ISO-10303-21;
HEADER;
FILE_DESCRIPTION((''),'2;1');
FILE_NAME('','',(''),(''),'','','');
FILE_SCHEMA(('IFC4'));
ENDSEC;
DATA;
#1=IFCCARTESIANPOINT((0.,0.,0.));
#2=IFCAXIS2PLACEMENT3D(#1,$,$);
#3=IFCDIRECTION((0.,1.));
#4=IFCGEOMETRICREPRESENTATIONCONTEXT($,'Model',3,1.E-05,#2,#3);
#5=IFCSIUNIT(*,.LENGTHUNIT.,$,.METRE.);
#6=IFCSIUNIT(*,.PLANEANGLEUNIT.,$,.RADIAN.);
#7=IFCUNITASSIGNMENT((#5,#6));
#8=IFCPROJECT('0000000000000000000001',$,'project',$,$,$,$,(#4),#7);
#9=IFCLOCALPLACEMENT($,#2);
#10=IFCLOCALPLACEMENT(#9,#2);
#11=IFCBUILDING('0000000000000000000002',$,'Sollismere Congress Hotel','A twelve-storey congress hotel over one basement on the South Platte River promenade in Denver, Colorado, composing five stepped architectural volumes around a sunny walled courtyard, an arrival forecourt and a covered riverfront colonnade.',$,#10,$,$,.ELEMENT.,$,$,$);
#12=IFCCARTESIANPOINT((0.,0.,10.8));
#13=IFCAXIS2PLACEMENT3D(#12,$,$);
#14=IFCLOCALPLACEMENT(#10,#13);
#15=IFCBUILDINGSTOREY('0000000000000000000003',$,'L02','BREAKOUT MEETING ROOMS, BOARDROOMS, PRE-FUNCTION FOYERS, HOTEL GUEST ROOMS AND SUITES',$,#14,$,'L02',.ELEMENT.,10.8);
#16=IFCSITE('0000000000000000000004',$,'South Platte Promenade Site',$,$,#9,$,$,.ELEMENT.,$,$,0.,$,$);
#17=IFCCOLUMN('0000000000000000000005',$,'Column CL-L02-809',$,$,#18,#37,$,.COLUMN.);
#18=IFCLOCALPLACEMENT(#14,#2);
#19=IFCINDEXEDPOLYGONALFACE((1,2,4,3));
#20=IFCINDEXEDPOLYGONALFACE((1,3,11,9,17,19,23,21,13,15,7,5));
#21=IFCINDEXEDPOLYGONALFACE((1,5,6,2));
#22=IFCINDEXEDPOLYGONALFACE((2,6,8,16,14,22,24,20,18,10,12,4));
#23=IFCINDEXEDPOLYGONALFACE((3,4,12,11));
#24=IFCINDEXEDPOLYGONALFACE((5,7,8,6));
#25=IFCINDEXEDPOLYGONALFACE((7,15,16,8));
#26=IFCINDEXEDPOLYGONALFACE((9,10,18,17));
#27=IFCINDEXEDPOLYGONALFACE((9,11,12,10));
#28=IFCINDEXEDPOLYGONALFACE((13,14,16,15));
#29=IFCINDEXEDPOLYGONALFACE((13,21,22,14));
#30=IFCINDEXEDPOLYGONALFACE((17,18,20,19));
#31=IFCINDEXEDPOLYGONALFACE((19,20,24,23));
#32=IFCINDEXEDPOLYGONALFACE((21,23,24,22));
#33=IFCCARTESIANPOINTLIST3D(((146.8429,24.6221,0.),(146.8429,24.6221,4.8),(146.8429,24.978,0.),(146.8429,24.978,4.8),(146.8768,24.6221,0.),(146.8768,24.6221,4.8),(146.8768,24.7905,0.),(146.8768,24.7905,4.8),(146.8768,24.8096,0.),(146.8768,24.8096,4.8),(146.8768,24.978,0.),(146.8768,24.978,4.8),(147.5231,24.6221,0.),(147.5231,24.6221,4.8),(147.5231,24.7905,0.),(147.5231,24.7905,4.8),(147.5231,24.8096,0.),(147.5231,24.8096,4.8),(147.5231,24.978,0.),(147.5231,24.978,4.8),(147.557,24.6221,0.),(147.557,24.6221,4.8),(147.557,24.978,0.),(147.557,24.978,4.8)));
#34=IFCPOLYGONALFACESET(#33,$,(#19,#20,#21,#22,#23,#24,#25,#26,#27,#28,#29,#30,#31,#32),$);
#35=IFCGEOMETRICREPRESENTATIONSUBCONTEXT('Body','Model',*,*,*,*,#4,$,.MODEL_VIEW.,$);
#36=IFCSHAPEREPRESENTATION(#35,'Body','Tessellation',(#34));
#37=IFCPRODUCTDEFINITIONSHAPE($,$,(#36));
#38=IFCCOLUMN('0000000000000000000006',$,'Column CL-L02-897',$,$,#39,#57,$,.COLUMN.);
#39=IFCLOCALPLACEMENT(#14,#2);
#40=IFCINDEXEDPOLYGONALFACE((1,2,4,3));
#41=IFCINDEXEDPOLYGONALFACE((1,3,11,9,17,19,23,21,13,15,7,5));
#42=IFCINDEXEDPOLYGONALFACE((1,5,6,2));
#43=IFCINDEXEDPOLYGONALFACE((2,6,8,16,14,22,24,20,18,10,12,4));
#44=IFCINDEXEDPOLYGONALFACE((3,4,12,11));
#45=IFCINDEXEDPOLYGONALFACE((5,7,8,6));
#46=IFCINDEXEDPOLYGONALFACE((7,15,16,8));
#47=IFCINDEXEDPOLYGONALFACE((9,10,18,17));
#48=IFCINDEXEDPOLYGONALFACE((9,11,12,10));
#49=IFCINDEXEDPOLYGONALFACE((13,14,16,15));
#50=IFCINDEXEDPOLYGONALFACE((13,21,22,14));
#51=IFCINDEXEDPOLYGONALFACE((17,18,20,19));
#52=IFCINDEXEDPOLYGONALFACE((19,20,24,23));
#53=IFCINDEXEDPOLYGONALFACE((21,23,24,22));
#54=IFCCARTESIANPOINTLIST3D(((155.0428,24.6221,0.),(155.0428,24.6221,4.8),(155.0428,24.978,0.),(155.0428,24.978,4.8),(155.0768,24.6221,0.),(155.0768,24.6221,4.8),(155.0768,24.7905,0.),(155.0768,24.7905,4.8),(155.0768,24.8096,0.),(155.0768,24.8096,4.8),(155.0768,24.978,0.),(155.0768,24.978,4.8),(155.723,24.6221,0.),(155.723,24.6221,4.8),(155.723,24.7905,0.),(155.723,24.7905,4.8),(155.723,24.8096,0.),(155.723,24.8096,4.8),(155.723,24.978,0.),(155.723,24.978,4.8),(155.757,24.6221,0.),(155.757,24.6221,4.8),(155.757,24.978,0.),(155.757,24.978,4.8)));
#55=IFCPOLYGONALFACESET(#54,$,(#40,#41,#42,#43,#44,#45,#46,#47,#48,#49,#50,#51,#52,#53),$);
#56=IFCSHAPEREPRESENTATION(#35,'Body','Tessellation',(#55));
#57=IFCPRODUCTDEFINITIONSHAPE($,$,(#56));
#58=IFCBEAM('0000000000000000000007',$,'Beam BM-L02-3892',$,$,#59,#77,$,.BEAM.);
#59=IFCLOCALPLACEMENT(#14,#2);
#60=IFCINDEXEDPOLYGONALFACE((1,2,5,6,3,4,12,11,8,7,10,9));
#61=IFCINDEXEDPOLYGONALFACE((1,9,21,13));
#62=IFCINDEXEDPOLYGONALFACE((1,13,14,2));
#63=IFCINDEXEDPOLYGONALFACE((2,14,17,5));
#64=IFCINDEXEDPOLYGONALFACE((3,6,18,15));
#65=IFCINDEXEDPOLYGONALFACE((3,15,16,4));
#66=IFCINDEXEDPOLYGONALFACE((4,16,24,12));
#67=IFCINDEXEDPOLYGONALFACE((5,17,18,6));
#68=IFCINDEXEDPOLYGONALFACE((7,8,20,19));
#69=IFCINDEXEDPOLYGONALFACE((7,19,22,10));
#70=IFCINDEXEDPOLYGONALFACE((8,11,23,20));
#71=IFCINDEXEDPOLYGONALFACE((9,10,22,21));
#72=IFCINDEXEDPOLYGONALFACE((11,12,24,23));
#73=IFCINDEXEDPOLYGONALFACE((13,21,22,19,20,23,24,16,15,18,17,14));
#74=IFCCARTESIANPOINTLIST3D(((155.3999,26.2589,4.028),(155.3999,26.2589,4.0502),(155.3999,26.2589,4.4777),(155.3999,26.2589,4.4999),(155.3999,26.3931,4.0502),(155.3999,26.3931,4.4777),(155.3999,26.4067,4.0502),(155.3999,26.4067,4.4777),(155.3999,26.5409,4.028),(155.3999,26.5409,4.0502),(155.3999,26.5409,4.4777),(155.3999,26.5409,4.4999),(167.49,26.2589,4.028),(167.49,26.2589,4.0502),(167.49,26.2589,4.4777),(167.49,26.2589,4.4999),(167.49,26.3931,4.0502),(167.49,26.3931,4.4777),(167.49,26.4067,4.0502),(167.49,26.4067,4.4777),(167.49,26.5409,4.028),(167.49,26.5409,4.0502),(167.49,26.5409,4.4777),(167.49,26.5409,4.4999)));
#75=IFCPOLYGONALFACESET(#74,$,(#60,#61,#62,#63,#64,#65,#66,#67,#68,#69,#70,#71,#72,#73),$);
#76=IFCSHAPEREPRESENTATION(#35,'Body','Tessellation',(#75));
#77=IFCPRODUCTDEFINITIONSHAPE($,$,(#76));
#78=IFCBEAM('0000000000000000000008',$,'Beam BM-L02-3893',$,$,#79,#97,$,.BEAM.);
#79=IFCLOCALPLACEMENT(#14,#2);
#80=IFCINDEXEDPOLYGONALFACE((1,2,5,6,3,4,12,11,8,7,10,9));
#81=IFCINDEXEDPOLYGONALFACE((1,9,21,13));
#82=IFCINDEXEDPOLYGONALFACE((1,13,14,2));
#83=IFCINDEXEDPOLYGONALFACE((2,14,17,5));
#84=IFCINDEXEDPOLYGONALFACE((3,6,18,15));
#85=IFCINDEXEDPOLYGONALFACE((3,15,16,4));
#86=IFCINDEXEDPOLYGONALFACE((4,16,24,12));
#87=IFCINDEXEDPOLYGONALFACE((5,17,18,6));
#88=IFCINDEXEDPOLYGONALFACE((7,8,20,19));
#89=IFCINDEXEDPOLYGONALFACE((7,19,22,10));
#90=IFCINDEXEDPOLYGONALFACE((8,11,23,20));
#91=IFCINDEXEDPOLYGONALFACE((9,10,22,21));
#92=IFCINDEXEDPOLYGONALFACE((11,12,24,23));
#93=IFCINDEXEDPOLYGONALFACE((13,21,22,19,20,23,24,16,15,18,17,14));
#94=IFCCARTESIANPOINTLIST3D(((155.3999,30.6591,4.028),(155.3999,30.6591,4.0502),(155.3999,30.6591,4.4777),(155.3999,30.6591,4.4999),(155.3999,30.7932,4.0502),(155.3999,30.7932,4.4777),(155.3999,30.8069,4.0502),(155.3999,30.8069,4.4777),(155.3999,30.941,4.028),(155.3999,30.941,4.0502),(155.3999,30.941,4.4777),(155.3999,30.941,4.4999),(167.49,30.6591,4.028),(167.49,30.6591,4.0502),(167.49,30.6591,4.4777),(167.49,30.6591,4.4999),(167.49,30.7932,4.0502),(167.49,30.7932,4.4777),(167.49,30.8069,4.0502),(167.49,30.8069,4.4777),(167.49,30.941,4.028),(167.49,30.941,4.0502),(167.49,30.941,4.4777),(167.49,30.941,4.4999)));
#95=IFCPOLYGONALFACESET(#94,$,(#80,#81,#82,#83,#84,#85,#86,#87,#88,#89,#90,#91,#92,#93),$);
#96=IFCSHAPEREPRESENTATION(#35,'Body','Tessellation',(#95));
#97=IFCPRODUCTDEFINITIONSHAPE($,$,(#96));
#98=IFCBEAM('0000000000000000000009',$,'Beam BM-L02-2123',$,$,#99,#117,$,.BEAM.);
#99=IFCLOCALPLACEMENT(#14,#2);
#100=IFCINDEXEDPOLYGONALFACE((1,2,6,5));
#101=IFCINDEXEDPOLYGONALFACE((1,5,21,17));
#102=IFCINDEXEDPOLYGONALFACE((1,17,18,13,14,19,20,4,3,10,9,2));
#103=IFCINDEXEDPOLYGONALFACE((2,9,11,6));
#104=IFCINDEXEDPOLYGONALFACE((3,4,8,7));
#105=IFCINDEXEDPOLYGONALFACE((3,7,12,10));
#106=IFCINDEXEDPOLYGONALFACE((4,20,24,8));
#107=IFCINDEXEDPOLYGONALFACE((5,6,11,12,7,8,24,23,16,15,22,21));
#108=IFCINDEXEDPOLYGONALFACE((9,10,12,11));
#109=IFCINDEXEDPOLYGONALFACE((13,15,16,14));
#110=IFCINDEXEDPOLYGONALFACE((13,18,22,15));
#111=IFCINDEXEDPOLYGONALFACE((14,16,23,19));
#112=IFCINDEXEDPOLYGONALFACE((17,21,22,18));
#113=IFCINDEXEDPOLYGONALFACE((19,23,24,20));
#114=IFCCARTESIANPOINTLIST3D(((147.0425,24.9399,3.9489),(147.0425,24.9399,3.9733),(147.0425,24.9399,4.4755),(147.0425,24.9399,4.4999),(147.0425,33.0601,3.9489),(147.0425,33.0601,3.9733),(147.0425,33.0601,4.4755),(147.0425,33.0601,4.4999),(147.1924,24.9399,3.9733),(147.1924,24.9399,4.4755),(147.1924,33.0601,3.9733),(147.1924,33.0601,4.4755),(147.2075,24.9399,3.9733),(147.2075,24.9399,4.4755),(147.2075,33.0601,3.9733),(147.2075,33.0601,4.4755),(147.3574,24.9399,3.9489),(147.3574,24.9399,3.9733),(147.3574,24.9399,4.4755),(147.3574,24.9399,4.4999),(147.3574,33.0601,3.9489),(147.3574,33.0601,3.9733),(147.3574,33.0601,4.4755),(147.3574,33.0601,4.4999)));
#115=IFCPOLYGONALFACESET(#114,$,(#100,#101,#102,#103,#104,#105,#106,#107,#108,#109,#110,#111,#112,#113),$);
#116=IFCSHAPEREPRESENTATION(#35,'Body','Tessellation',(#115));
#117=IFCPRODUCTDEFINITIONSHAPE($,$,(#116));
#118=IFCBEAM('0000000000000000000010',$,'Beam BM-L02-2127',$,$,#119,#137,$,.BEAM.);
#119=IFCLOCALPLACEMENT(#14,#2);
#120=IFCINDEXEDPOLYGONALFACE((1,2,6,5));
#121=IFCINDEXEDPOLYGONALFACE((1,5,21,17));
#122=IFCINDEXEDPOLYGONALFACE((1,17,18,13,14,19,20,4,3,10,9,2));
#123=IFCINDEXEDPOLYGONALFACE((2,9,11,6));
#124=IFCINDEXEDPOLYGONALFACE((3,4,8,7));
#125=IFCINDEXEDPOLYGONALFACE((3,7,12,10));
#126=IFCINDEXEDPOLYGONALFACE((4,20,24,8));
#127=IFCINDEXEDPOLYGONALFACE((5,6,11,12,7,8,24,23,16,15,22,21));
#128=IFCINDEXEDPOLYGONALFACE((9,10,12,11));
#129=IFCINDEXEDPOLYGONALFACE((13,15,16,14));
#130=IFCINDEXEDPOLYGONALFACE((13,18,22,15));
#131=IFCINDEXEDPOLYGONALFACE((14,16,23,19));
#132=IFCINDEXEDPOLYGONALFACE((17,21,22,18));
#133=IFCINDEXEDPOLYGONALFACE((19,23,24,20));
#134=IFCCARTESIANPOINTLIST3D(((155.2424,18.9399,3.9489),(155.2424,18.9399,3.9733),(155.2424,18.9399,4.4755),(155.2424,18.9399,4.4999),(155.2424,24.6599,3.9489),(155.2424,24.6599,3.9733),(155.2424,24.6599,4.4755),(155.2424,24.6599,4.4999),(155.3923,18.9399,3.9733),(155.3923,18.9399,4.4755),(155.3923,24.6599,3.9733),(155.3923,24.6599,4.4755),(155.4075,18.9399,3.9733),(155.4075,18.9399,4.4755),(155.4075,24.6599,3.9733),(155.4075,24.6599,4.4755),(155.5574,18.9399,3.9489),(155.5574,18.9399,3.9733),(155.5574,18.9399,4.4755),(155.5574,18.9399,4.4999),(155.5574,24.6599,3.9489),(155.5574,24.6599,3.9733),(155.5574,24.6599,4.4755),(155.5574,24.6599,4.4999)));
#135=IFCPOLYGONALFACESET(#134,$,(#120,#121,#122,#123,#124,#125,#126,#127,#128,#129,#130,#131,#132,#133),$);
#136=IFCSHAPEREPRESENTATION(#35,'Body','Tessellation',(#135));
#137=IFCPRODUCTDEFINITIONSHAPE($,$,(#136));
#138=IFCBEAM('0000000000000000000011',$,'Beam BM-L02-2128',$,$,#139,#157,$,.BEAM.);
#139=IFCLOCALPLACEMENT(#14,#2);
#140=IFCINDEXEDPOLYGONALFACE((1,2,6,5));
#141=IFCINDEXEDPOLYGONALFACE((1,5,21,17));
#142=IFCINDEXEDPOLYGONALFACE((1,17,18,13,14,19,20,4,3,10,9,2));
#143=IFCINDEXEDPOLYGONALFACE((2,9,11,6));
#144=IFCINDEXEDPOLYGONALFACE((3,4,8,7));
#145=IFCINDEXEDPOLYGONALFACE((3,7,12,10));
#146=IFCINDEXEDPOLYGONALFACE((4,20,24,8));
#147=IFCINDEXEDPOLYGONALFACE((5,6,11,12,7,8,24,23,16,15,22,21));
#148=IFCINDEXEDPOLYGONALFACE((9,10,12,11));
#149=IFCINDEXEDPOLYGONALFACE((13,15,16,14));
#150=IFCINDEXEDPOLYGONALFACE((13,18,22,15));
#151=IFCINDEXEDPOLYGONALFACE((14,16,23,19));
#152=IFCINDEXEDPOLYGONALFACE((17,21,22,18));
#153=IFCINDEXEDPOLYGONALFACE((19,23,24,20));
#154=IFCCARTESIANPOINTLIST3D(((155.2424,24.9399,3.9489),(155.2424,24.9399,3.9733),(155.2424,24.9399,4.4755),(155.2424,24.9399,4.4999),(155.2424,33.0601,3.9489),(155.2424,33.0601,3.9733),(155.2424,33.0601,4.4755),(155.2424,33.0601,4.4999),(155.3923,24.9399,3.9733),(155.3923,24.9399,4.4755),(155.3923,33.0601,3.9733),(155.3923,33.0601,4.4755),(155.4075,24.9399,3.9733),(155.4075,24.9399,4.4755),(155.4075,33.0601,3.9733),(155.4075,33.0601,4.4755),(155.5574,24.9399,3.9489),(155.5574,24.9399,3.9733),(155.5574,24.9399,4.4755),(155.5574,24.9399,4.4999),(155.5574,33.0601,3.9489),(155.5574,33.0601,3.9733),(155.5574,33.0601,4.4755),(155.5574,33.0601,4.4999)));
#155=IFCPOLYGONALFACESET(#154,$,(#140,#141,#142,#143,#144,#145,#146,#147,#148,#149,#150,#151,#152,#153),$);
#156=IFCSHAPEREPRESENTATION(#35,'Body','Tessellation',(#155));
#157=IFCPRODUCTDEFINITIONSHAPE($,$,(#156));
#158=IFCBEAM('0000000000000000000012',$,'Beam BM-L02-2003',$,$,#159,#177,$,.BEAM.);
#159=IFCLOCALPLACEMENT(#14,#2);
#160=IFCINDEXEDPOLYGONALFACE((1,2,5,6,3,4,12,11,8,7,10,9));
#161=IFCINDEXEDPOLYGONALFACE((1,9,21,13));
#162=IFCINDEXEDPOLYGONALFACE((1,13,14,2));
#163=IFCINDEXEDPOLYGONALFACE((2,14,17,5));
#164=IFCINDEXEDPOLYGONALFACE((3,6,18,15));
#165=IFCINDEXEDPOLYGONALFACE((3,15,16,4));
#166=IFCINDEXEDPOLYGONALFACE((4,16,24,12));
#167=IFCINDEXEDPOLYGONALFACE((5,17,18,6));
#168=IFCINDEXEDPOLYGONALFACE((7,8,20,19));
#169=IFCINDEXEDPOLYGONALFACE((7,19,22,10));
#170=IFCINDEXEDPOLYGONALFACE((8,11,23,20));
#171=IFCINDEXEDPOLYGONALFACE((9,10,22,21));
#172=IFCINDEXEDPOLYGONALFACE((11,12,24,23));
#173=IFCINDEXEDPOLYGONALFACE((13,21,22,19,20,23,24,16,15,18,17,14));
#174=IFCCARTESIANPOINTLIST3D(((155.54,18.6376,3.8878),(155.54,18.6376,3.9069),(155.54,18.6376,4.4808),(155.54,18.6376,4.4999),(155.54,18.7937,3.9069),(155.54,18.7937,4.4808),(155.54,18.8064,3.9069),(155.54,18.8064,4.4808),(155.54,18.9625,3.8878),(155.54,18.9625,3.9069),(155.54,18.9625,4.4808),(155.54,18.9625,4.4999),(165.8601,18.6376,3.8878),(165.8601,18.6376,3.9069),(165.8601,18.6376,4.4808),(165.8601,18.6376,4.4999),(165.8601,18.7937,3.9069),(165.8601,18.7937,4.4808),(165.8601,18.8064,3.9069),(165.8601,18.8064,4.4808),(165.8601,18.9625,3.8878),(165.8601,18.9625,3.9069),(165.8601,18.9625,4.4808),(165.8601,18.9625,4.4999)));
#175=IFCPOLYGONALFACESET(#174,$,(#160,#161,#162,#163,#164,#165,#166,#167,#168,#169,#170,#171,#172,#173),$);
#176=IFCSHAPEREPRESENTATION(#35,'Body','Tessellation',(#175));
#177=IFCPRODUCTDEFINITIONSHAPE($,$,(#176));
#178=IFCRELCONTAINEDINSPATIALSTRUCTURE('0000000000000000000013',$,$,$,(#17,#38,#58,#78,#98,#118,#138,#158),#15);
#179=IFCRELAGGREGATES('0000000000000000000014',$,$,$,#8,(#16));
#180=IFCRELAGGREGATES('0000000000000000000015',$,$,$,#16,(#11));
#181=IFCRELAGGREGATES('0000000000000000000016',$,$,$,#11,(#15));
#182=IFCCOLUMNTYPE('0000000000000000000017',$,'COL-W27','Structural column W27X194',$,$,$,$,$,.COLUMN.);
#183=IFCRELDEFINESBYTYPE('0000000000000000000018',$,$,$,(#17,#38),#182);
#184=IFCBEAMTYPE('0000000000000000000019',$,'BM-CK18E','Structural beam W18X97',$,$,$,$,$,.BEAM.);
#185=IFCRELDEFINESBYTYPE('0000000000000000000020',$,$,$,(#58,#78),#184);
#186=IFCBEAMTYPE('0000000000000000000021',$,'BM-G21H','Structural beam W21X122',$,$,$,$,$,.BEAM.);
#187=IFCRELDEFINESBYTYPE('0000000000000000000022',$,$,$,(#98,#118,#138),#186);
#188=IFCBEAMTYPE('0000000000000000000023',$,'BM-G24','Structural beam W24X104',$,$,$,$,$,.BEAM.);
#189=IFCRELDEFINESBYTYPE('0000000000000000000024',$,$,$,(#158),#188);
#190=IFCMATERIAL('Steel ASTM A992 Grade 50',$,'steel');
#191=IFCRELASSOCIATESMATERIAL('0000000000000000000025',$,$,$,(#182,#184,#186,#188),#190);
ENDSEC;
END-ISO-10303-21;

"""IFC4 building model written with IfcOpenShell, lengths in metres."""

from ifc_helpers import new_model, si_unit, direction, frame, origin, origin_2d, place, context, subcontext, project, spatial, i_section, extrude, material, material_profile, profile_set, type_object, element, save


model = new_model("IFC4")

# Units and contexts
model_context = context("Model", 3, precision=1e-05, world=origin(), true_north=direction((0.0, 1.0)))
body_context = subcontext(model_context, "Body", "Model", "MODEL_VIEW")
ifc_project = project(units=[si_unit("LENGTHUNIT", "METRE"), si_unit("PLANEANGLEUNIT", "RADIAN")], contexts=[model_context])

# Site, building, storey
site_placement = place(None, origin())
site = spatial("IfcSite", under=ifc_project, at=site_placement, Name="South Platte Promenade Site", CompositionType="ELEMENT", RefElevation=0.0)
building_placement = place(site_placement, origin())
building = spatial("IfcBuilding", under=site, at=building_placement, Name="Sollismere Congress Hotel", Description="A twelve-storey congress hotel over one basement on the South Platte River promenade in Denver, Colorado, composing five stepped architectural volumes around a sunny walled courtyard, an arrival forecourt and a covered riverfront colonnade.", CompositionType="ELEMENT")
storey_placement = place(building_placement, frame((0.0, 0.0, 10.8)))
storey = spatial("IfcBuildingStorey", under=building, at=storey_placement, Name="L02", Description="BREAKOUT MEETING ROOMS, BOARDROOMS, PRE-FUNCTION FOYERS, HOTEL GUEST ROOMS AND SUITES", LongName="L02", CompositionType="ELEMENT", Elevation=10.8)

# Columns
ifc_material_1 = material(Name="Steel ASTM A992 Grade 50", Category="steel")
ifc_material_profile_1 = material_profile(ifc_material_1, i_section(OverallWidth=0.356, OverallDepth=0.7141, WebThickness=0.019, FlangeThickness=0.0339, at=origin_2d()), Name="W27X194")
ifc_profile_set_1 = profile_set([ifc_material_profile_1], Name="Steel ASTM A992 Grade 50")
column_type = type_object("IfcColumnType", Name="COL-W27", Description="Structural column W27X194", PredefinedType="COLUMN", material=ifc_profile_set_1)
for number, where, z_axis, x_axis, name in (
    (1, (147.2, 24.8, 0.0), (0.0, 0.0, 1.0), (0.0, 1.0, 0.0), "Column CL-L02-809"),
    (2, (155.3999, 24.8, 0.0), (0.0, 0.0, 1.0), (0.0, 1.0, 0.0), "Column CL-L02-897"),
):
    element("IfcColumn", number, at=place(storey_placement, frame(where, z_axis=z_axis, x_axis=x_axis)), inside=storey, type_object=column_type, Name=name, PredefinedType="COLUMN", context=body_context, shape_type="SweptSolid", body=[
        extrude(i_section(OverallWidth=0.356, OverallDepth=0.7141, WebThickness=0.019, FlangeThickness=0.0339, at=origin_2d()), origin(), (0.0, 0.0, 1.0), 4.8),
    ])

# Beams
ifc_material_profile_2 = material_profile(ifc_material_1, i_section(OverallWidth=0.282, OverallDepth=0.4719, WebThickness=0.0137, FlangeThickness=0.0222, at=origin_2d()), Name="W18X97")
ifc_profile_set_2 = profile_set([ifc_material_profile_2], Name="Steel ASTM A992 Grade 50")
beam_type_1 = type_object("IfcBeamType", Name="BM-CK18E", Description="Structural beam W18X97", PredefinedType="BEAM", material=ifc_profile_set_2)
for number, where, z_axis, x_axis, name in (
    (3, (155.3999, 26.3999, 4.2639), (1.0, 0.0, 0.0), (0.0, 1.0, 0.0), "Beam BM-L02-3892"),
    (4, (155.3999, 30.8, 4.2639), (1.0, 0.0, 0.0), (0.0, 1.0, 0.0), "Beam BM-L02-3893"),
):
    element("IfcBeam", number, at=place(storey_placement, frame(where, z_axis=z_axis, x_axis=x_axis)), inside=storey, type_object=beam_type_1, Name=name, PredefinedType="BEAM", context=body_context, shape_type="SweptSolid", body=[
        extrude(i_section(OverallWidth=0.282, OverallDepth=0.4719, WebThickness=0.0137, FlangeThickness=0.0222, at=origin_2d()), origin(), (0.0, 0.0, 1.0), 12.0901),
    ])
ifc_material_profile_3 = material_profile(ifc_material_1, i_section(OverallWidth=0.3149, OverallDepth=0.551, WebThickness=0.0151, FlangeThickness=0.0244, at=origin_2d()), Name="W21X122")
ifc_profile_set_3 = profile_set([ifc_material_profile_3], Name="Steel ASTM A992 Grade 50")
beam_type_2 = type_object("IfcBeamType", Name="BM-G21H", Description="Structural beam W21X122", PredefinedType="BEAM", material=ifc_profile_set_3)
beam_1_placement = place(storey_placement, frame((147.2, 24.9399, 4.2244), z_axis=(0.0, 1.0, 0.0), x_axis=(-1.0, 0.0, 0.0)))
element("IfcBeam", 5, at=beam_1_placement, inside=storey, type_object=beam_type_2, Name="Beam BM-L02-2123", PredefinedType="BEAM", context=body_context, shape_type="SweptSolid", body=[
    extrude(i_section(OverallWidth=0.3149, OverallDepth=0.551, WebThickness=0.0151, FlangeThickness=0.0244, at=origin_2d()), origin(), (0.0, 0.0, 1.0), 8.1201),
])
beam_2_placement = place(storey_placement, frame((155.3999, 18.9399, 4.2244), z_axis=(0.0, 1.0, 0.0), x_axis=(-1.0, 0.0, 0.0)))
element("IfcBeam", 6, at=beam_2_placement, inside=storey, type_object=beam_type_2, Name="Beam BM-L02-2127", PredefinedType="BEAM", context=body_context, shape_type="SweptSolid", body=[
    extrude(i_section(OverallWidth=0.3149, OverallDepth=0.551, WebThickness=0.0151, FlangeThickness=0.0244, at=origin_2d()), origin(), (0.0, 0.0, 1.0), 5.72),
])
beam_3_placement = place(storey_placement, frame((155.3999, 24.9399, 4.2244), z_axis=(0.0, 1.0, 0.0), x_axis=(-1.0, 0.0, 0.0)))
element("IfcBeam", 7, at=beam_3_placement, inside=storey, type_object=beam_type_2, Name="Beam BM-L02-2128", PredefinedType="BEAM", context=body_context, shape_type="SweptSolid", body=[
    extrude(i_section(OverallWidth=0.3149, OverallDepth=0.551, WebThickness=0.0151, FlangeThickness=0.0244, at=origin_2d()), origin(), (0.0, 0.0, 1.0), 8.1201),
])
ifc_material_profile_4 = material_profile(ifc_material_1, i_section(OverallWidth=0.325, OverallDepth=0.6121, WebThickness=0.0127, FlangeThickness=0.019, at=origin_2d()), Name="W24X104")
ifc_profile_set_4 = profile_set([ifc_material_profile_4], Name="Steel ASTM A992 Grade 50")
beam_type_3 = type_object("IfcBeamType", Name="BM-G24", Description="Structural beam W24X104", PredefinedType="BEAM", material=ifc_profile_set_4)
beam_4_placement = place(storey_placement, frame((155.54, 18.8, 4.1938), z_axis=(1.0, 0.0, 0.0), x_axis=(0.0, 1.0, 0.0)))
element("IfcBeam", 8, at=beam_4_placement, inside=storey, type_object=beam_type_3, Name="Beam BM-L02-2003", PredefinedType="BEAM", context=body_context, shape_type="SweptSolid", body=[
    extrude(i_section(OverallWidth=0.325, OverallDepth=0.6121, WebThickness=0.0127, FlangeThickness=0.019, at=origin_2d()), origin(), (0.0, 0.0, 1.0), 10.3201),
])

save(model, "model.ifc")
